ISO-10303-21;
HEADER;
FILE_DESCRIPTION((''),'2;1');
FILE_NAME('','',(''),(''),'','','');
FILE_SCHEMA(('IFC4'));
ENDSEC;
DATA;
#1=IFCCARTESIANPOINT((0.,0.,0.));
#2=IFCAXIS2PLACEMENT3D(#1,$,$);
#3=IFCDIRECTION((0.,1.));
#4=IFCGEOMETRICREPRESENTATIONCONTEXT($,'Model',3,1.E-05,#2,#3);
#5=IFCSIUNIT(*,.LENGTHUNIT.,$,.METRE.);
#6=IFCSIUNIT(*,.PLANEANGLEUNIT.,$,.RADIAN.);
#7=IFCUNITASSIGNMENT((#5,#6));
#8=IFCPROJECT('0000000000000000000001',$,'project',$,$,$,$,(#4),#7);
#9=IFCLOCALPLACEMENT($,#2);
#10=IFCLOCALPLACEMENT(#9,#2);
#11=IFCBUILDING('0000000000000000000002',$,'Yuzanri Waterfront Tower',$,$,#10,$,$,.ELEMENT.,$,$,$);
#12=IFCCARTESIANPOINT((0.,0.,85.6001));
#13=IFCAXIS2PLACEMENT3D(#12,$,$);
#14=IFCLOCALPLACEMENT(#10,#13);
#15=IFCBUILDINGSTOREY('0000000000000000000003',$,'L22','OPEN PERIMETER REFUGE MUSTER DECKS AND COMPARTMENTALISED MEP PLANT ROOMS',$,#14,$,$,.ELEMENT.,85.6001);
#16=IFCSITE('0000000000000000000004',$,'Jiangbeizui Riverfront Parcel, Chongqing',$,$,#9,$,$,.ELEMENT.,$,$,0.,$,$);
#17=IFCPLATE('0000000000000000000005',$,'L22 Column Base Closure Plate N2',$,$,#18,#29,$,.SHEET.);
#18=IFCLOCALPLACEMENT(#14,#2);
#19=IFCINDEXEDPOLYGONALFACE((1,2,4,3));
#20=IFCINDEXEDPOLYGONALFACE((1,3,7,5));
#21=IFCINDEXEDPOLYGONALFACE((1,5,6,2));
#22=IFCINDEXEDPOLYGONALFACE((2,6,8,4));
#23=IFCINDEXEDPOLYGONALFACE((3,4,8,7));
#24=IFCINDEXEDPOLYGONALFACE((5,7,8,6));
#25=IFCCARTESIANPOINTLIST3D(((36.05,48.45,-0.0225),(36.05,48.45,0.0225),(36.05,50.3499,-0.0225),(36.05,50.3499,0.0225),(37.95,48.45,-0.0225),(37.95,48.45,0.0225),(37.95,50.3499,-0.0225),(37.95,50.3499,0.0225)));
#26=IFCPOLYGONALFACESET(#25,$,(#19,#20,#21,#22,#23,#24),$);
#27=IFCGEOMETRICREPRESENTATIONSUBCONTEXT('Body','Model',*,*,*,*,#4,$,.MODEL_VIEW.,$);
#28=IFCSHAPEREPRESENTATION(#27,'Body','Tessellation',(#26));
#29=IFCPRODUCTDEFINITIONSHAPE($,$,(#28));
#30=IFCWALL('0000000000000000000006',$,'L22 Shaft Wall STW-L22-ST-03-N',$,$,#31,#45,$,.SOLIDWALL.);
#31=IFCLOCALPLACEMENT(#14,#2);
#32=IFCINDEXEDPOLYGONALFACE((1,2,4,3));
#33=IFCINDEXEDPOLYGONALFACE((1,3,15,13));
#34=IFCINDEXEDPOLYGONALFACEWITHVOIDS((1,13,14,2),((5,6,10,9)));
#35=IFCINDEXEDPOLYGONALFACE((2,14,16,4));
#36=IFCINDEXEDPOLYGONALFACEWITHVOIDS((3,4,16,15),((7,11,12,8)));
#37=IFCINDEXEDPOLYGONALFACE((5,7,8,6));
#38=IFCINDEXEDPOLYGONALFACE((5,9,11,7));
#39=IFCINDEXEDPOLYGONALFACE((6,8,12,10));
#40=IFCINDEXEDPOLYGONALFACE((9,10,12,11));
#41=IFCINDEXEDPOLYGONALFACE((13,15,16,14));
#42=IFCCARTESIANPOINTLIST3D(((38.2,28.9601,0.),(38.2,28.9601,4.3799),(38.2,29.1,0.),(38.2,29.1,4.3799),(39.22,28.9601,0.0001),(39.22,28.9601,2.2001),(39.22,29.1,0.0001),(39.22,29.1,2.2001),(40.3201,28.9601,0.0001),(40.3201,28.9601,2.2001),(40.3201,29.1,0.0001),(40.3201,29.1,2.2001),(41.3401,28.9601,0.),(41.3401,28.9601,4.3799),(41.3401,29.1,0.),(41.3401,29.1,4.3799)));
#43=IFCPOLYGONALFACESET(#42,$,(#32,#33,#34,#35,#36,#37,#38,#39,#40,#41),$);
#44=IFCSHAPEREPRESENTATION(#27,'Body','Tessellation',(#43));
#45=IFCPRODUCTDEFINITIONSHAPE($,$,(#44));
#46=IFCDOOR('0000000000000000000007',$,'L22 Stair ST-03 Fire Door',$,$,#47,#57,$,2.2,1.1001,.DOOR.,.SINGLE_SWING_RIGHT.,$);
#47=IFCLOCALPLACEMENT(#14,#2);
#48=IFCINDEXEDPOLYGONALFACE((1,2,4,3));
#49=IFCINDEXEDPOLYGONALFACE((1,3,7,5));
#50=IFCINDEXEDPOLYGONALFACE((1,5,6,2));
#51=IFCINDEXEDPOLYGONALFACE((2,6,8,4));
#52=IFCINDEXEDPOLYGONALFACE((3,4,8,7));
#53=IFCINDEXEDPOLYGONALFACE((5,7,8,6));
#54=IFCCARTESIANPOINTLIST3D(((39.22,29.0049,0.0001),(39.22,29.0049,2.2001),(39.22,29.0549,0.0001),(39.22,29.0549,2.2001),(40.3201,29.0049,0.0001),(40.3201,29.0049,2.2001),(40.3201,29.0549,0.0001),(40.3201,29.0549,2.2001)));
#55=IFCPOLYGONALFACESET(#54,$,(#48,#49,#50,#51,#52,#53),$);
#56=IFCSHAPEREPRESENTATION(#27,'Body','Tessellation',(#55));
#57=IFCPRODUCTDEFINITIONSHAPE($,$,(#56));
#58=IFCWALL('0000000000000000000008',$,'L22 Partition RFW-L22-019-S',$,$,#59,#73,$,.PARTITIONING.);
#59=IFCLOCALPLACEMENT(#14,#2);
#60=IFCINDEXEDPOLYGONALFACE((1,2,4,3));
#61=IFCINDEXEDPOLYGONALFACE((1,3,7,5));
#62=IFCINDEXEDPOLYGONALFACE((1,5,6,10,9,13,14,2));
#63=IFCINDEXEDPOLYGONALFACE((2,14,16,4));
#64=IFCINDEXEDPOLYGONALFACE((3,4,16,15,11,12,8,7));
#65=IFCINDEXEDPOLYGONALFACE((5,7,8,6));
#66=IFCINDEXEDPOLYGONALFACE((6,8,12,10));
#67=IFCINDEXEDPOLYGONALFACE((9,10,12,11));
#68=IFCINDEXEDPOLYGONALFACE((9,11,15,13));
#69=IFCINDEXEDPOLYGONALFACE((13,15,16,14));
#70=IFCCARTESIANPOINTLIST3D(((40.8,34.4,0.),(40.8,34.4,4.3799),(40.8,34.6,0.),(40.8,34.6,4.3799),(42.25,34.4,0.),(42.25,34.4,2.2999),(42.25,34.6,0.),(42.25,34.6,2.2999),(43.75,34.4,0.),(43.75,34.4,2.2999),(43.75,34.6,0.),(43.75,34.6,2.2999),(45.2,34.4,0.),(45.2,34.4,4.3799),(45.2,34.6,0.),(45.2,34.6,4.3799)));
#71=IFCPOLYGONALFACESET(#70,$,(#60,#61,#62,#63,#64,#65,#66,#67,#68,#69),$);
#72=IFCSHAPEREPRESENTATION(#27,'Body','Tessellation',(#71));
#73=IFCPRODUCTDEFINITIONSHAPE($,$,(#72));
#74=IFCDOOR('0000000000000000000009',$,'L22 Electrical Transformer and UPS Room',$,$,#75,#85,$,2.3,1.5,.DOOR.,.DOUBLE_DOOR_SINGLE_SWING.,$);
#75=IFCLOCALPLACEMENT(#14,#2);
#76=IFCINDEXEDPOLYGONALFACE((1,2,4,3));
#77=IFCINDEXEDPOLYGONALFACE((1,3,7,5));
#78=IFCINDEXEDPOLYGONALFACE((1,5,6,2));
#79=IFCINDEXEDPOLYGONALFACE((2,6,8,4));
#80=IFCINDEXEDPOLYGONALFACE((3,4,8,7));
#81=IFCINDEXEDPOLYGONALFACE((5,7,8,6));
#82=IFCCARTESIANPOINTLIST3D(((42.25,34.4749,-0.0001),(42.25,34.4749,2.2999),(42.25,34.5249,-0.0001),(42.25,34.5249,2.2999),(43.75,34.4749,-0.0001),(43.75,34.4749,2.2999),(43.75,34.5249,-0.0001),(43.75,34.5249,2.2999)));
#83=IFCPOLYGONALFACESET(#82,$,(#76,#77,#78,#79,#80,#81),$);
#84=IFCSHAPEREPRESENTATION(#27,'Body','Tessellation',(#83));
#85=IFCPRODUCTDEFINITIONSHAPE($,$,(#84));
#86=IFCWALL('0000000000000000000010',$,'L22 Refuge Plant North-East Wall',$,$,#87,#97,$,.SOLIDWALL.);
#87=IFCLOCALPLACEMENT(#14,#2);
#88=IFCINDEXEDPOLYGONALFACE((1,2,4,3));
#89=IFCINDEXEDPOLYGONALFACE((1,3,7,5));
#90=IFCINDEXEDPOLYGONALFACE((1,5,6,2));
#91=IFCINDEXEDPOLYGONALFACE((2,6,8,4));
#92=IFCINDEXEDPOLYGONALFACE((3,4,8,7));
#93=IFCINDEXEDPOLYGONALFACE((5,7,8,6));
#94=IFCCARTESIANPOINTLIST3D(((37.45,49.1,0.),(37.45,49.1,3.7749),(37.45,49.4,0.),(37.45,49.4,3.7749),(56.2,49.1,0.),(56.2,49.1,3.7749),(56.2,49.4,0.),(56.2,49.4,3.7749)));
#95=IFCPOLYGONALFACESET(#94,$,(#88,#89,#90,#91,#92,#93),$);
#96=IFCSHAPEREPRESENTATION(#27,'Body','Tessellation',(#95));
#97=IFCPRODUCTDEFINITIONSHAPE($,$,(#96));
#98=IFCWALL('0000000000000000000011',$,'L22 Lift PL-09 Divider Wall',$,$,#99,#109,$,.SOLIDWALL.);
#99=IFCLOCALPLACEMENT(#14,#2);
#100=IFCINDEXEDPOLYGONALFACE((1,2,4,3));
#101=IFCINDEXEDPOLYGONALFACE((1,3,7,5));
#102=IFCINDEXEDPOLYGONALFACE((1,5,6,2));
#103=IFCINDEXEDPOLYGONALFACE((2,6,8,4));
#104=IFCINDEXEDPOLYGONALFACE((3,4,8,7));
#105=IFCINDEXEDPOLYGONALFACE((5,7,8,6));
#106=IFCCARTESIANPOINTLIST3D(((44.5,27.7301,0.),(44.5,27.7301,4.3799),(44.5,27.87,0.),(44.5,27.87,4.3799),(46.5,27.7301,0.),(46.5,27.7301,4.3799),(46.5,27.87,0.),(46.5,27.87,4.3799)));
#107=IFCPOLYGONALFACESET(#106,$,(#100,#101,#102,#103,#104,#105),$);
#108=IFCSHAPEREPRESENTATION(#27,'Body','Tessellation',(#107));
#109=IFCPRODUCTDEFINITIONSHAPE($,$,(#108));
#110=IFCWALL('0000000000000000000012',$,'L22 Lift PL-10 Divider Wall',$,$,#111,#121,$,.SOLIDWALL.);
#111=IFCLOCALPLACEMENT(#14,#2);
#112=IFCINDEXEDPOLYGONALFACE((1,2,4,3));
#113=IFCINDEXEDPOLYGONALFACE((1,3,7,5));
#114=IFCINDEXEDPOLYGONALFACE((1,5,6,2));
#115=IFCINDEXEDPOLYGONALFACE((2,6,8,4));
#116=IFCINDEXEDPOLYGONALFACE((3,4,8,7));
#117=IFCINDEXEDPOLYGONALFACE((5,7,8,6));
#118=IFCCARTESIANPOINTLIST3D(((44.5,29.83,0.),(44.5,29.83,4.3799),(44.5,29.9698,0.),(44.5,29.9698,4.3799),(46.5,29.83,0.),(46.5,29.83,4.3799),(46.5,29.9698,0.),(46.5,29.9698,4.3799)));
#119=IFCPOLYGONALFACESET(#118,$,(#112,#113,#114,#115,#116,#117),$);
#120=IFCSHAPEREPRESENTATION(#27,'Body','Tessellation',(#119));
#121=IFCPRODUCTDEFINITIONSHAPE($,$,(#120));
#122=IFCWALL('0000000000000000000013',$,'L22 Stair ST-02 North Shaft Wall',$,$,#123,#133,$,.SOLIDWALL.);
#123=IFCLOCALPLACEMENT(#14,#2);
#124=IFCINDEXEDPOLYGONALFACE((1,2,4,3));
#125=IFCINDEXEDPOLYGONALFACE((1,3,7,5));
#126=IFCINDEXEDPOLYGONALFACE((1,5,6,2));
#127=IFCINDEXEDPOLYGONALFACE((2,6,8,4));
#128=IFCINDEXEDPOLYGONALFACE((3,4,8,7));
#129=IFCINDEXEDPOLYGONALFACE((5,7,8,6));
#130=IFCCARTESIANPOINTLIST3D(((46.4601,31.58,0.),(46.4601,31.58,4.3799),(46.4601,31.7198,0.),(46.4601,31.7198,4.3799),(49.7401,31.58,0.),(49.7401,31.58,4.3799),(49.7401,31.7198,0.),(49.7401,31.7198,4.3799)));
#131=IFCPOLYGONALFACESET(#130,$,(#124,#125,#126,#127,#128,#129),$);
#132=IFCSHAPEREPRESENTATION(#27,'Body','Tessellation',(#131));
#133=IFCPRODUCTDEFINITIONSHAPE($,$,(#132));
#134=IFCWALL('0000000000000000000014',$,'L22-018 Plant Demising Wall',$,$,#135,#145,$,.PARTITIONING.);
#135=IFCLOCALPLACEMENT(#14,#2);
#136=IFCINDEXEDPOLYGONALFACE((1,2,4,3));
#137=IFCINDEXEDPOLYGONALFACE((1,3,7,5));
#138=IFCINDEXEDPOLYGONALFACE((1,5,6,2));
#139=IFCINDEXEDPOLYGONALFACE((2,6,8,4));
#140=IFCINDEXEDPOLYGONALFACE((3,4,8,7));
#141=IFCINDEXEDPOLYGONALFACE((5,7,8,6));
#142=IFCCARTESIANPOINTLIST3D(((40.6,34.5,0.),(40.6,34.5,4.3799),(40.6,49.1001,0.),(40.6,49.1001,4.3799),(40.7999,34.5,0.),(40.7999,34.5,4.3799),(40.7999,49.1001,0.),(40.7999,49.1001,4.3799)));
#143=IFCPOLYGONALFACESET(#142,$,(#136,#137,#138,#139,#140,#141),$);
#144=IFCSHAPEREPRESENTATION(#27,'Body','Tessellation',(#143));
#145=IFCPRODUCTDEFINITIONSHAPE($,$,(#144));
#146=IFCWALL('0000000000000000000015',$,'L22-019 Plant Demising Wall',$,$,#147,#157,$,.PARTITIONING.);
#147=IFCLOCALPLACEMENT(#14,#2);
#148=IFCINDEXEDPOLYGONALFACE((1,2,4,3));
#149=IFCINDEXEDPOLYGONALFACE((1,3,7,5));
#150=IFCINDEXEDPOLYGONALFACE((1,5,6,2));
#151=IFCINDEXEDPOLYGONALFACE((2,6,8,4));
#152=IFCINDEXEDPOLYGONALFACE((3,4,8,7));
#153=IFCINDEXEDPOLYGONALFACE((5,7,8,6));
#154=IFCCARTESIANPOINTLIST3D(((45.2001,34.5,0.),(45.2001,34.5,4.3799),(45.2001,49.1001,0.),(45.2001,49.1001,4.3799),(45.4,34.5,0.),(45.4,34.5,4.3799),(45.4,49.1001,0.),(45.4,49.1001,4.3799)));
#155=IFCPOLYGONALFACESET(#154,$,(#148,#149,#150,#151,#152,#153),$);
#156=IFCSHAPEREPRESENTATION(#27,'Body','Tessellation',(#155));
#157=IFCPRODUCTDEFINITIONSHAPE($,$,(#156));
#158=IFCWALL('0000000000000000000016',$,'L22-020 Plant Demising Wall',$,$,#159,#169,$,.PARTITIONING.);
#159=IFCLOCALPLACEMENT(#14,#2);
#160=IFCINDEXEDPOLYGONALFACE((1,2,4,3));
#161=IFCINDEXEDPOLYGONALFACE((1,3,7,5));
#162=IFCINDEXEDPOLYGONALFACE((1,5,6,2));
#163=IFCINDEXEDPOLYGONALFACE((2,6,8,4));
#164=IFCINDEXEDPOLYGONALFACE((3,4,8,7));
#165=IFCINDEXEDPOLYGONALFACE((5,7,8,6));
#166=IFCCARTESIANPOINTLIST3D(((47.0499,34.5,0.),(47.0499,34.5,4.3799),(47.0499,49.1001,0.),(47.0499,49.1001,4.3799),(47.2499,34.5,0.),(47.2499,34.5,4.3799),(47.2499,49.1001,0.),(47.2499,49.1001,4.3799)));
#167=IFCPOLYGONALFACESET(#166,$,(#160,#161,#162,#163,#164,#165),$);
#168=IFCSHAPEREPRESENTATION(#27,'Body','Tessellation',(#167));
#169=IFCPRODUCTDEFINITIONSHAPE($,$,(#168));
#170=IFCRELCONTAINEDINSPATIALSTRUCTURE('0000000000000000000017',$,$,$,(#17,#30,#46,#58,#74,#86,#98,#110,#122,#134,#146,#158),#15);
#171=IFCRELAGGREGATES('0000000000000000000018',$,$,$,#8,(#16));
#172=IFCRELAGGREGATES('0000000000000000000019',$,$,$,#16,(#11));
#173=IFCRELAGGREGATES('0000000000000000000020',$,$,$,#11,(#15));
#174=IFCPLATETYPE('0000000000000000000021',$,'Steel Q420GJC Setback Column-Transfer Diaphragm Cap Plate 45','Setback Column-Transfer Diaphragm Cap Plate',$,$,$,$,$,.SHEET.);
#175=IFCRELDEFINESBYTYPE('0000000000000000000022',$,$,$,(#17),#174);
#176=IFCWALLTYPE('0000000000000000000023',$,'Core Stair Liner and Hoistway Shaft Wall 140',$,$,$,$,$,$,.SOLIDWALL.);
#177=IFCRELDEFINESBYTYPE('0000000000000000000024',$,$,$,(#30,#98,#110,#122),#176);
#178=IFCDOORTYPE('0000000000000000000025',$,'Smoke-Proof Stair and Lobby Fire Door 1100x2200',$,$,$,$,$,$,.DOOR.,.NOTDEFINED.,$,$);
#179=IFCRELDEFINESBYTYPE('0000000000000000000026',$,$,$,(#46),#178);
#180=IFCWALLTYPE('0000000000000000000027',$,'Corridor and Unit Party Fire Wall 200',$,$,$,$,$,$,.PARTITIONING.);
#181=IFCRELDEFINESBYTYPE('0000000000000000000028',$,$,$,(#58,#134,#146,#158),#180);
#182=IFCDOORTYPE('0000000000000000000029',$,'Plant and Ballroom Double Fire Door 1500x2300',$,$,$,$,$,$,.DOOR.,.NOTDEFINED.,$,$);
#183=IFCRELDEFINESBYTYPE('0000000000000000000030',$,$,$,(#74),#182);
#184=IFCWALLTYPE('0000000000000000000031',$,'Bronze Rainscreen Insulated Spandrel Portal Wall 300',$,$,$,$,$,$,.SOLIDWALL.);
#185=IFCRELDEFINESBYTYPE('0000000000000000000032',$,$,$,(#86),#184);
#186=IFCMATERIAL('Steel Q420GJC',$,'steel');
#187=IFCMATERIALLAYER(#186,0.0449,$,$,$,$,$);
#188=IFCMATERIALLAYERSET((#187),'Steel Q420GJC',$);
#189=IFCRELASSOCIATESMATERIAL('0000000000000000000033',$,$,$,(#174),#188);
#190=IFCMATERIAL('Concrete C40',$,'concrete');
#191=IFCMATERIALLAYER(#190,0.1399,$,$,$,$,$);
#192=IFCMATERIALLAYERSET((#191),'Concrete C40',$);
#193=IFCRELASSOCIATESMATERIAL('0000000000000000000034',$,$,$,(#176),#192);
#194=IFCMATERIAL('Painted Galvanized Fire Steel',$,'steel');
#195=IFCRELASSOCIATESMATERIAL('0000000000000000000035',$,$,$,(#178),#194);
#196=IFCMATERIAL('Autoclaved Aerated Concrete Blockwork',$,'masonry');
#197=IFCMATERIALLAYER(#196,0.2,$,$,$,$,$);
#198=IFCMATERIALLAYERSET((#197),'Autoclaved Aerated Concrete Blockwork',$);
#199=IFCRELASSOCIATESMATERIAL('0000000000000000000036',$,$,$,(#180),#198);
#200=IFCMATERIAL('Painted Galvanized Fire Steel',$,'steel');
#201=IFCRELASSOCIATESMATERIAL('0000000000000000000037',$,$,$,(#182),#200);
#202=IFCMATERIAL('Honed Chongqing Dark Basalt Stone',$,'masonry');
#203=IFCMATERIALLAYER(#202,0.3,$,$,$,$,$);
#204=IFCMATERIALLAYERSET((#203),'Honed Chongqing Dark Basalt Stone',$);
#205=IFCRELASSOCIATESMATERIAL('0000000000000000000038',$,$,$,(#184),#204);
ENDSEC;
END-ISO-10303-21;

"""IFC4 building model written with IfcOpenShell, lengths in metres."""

from ifc_helpers import new_model, si_unit, direction, frame, frame_2d, origin, origin_2d, place, context, subcontext, project, spatial, rectangle, extrude, source, transform, mapped, material, layer, layer_set, type_object, element, fill, save


model = new_model("IFC4")

# Units and contexts
model_context = context("Model", 3, precision=1e-05, world=origin(), true_north=direction((0.0, 1.0)))
body_context = subcontext(model_context, "Body", "Model", "MODEL_VIEW")
ifc_project = project(units=[si_unit("LENGTHUNIT", "METRE"), si_unit("PLANEANGLEUNIT", "RADIAN")], contexts=[model_context])

# Site, building, storey
site_placement = place(None, origin())
site = spatial("IfcSite", under=ifc_project, at=site_placement, Name="Jiangbeizui Riverfront Parcel, Chongqing", CompositionType="ELEMENT", RefElevation=0.0)
building_placement = place(site_placement, origin())
building = spatial("IfcBuilding", under=site, at=building_placement, Name="Yuzanri Waterfront Tower", CompositionType="ELEMENT")
storey_placement = place(building_placement, frame((0.0, 0.0, 85.6001)))
storey = spatial("IfcBuildingStorey", under=building, at=storey_placement, Name="L22", Description="OPEN PERIMETER REFUGE MUSTER DECKS AND COMPARTMENTALISED MEP PLANT ROOMS", CompositionType="ELEMENT", Elevation=85.6001)

# Plate
ifc_material_1 = material(Name="Steel Q420GJC", Category="steel")
ifc_layer_1 = layer(ifc_material_1, 0.0449)
ifc_layer_set_1 = layer_set([ifc_layer_1], Name="Steel Q420GJC")
plate_type = type_object("IfcPlateType", Name="Steel Q420GJC Setback Column-Transfer Diaphragm Cap Plate 45", Description="Setback Column-Transfer Diaphragm Cap Plate", PredefinedType="SHEET", material=ifc_layer_set_1)
shared_shape_1 = source(origin(), body_context, "Body", "SweptSolid", [
    extrude(rectangle(XDim=1.8999, YDim=1.8999, at=origin_2d()), origin(), (0.0, 0.0, 1.0), 0.0449),
])
plate_placement = place(storey_placement, frame((37.0, 49.3999, -0.0225), z_axis=(0.0, 0.0, 1.0), x_axis=(1.0, 0.0, 0.0)))
element("IfcPlate", 1, at=plate_placement, inside=storey, type_object=plate_type, Name="L22 Column Base Closure Plate N2", PredefinedType="SHEET", context=body_context, shape_type="MappedRepresentation", body=[
    mapped(shared_shape_1, transform((0.0, 0.0, 0.0), scale=1.0)),
])

# Walls, openings, doors
ifc_material_2 = material(Name="Concrete C40", Category="concrete")
ifc_layer_2 = layer(ifc_material_2, 0.1399)
ifc_layer_set_2 = layer_set([ifc_layer_2], Name="Concrete C40")
wall_type_1 = type_object("IfcWallType", Name="Core Stair Liner and Hoistway Shaft Wall 140", PredefinedType="SOLIDWALL", material=ifc_layer_set_2)
wall_1_placement = place(storey_placement, frame((38.2, 29.03, 0.0), z_axis=(0.0, 0.0, 1.0), x_axis=(1.0, 0.0, 0.0)))
wall_1 = element("IfcWall", 2, at=wall_1_placement, inside=storey, type_object=wall_type_1, Name="L22 Shaft Wall STW-L22-ST-03-N", PredefinedType="SOLIDWALL", context=body_context, shape_type="SweptSolid", body=[
    extrude(rectangle(XDim=3.1401, YDim=0.1399, at=frame_2d((1.5701, 0.0))), origin(), (0.0, 0.0, 1.0), 4.3799),
])
opening_1_placement = place(wall_1_placement, frame((1.02, 0.0, 0.0)))
opening_1 = element("IfcOpeningElement", 3, at=opening_1_placement, cuts=wall_1, PredefinedType="OPENING", context=body_context, shape_type="SweptSolid", body=[
    extrude(rectangle(XDim=1.1001, YDim=2.2, at=frame_2d((0.55, 1.1001))), frame((0.0, 0.085, 0.0), z_axis=(0.0, -1.0, 0.0), x_axis=(1.0, 0.0, 0.0)), (0.0, 0.0, 1.0), 0.1697),
])
ifc_material_3 = material(Name="Painted Galvanized Fire Steel", Category="steel")
door_type_1 = type_object("IfcDoorType", Name="Smoke-Proof Stair and Lobby Fire Door 1100x2200", OperationType="NOTDEFINED", PredefinedType="DOOR", material=ifc_material_3)
shared_shape_2 = source(origin(), body_context, "Body", "SweptSolid", [
    extrude(rectangle(XDim=1.1001, YDim=2.2, at=frame_2d((0.55, 1.1001))), frame((0.0, 0.0249, 0.0), z_axis=(0.0, -1.0, 0.0), x_axis=(1.0, 0.0, 0.0)), (0.0, 0.0, 1.0), 0.05),
])
door_1_placement = place(opening_1_placement, origin())
door_1 = element("IfcDoor", 4, at=door_1_placement, inside=storey, type_object=door_type_1, Name="L22 Stair ST-03 Fire Door", OperationType="SINGLE_SWING_RIGHT", OverallHeight=2.2, OverallWidth=1.1001, PredefinedType="DOOR", context=body_context, shape_type="MappedRepresentation", body=[
    mapped(shared_shape_2, transform((0.0, 0.0, 0.0), scale=1.0)),
])
fill(opening_1, door_1)
ifc_material_4 = material(Name="Autoclaved Aerated Concrete Blockwork", Category="masonry")
ifc_layer_3 = layer(ifc_material_4, 0.2)
ifc_layer_set_3 = layer_set([ifc_layer_3], Name="Autoclaved Aerated Concrete Blockwork")
wall_type_2 = type_object("IfcWallType", Name="Corridor and Unit Party Fire Wall 200", PredefinedType="PARTITIONING", material=ifc_layer_set_3)
wall_2_placement = place(storey_placement, frame((40.8, 34.5, 0.0), z_axis=(0.0, 0.0, 1.0), x_axis=(1.0, 0.0, 0.0)))
wall_2 = element("IfcWall", 5, at=wall_2_placement, inside=storey, type_object=wall_type_2, Name="L22 Partition RFW-L22-019-S", PredefinedType="PARTITIONING", context=body_context, shape_type="SweptSolid", body=[
    extrude(rectangle(XDim=4.3999, YDim=0.2, at=frame_2d((2.2, 0.0))), origin(), (0.0, 0.0, 1.0), 4.3799),
])
opening_2_placement = place(wall_2_placement, frame((1.45, 0.0, 0.0)))
opening_2 = element("IfcOpeningElement", 6, at=opening_2_placement, cuts=wall_2, PredefinedType="OPENING", context=body_context, shape_type="SweptSolid", body=[
    extrude(rectangle(XDim=1.5, YDim=2.3, at=frame_2d((0.75, 1.1499))), frame((0.0, 0.1147, 0.0), z_axis=(0.0, -1.0, 0.0), x_axis=(1.0, 0.0, 0.0)), (0.0, 0.0, 1.0), 0.2297),
])
ifc_material_5 = material(Name="Painted Galvanized Fire Steel", Category="steel")
door_type_2 = type_object("IfcDoorType", Name="Plant and Ballroom Double Fire Door 1500x2300", OperationType="NOTDEFINED", PredefinedType="DOOR", material=ifc_material_5)
shared_shape_3 = source(origin(), body_context, "Body", "SweptSolid", [
    extrude(rectangle(XDim=1.5, YDim=2.3, at=frame_2d((0.75, 1.1499))), frame((0.0, 0.0249, 0.0), z_axis=(0.0, -1.0, 0.0), x_axis=(1.0, 0.0, 0.0)), (0.0, 0.0, 1.0), 0.05),
])
door_2_placement = place(opening_2_placement, origin())
door_2 = element("IfcDoor", 7, at=door_2_placement, inside=storey, type_object=door_type_2, Name="L22 Electrical Transformer and UPS Room", OperationType="DOUBLE_DOOR_SINGLE_SWING", OverallHeight=2.3, OverallWidth=1.5, PredefinedType="DOOR", context=body_context, shape_type="MappedRepresentation", body=[
    mapped(shared_shape_3, transform((0.0, 0.0, 0.0), scale=1.0)),
])
fill(opening_2, door_2)

# Walls
ifc_material_6 = material(Name="Honed Chongqing Dark Basalt Stone", Category="masonry")
ifc_layer_4 = layer(ifc_material_6, 0.3)
ifc_layer_set_4 = layer_set([ifc_layer_4], Name="Honed Chongqing Dark Basalt Stone")
wall_type_3 = type_object("IfcWallType", Name="Bronze Rainscreen Insulated Spandrel Portal Wall 300", PredefinedType="SOLIDWALL", material=ifc_layer_set_4)
shared_shape_4 = source(origin(), body_context, "Body", "SweptSolid", [
    extrude(rectangle(XDim=18.75, YDim=0.3, at=frame_2d((9.375, 0.0))), origin(), (0.0, 0.0, 1.0), 3.7749),
])
wall_3_placement = place(storey_placement, frame((37.45, 49.25, 0.0), z_axis=(0.0, 0.0, 1.0), x_axis=(1.0, 0.0, 0.0)))
element("IfcWall", 8, at=wall_3_placement, inside=storey, type_object=wall_type_3, Name="L22 Refuge Plant North-East Wall", PredefinedType="SOLIDWALL", context=body_context, shape_type="MappedRepresentation", body=[
    mapped(shared_shape_4, transform((0.0, 0.0, 0.0), scale=1.0)),
])
shared_shape_5 = source(origin(), body_context, "Body", "SweptSolid", [
    extrude(rectangle(XDim=2.0, YDim=0.1399, at=frame_2d((1.0, 0.0))), origin(), (0.0, 0.0, 1.0), 4.3799),
])
for number, where, z_axis, x_axis, name in (
    (9, (44.5, 27.8, 0.0), (0.0, 0.0, 1.0), (1.0, 0.0, 0.0), "L22 Lift PL-09 Divider Wall"),
    (10, (44.5, 29.8999, 0.0), (0.0, 0.0, 1.0), (1.0, 0.0, 0.0), "L22 Lift PL-10 Divider Wall"),
):
    element("IfcWall", number, at=place(storey_placement, frame(where, z_axis=z_axis, x_axis=x_axis)), inside=storey, type_object=wall_type_1, Name=name, PredefinedType="SOLIDWALL", context=body_context, shape_type="MappedRepresentation", body=[
        mapped(shared_shape_5, transform((0.0, 0.0, 0.0), scale=1.0)),
    ])
shared_shape_6 = source(origin(), body_context, "Body", "SweptSolid", [
    extrude(rectangle(XDim=3.28, YDim=0.1399, at=frame_2d((1.6401, 0.0))), origin(), (0.0, 0.0, 1.0), 4.3799),
])
wall_4_placement = place(storey_placement, frame((46.46, 31.6499, 0.0), z_axis=(0.0, 0.0, 1.0), x_axis=(1.0, 0.0, 0.0)))
element("IfcWall", 11, at=wall_4_placement, inside=storey, type_object=wall_type_1, Name="L22 Stair ST-02 North Shaft Wall", PredefinedType="SOLIDWALL", context=body_context, shape_type="MappedRepresentation", body=[
    mapped(shared_shape_6, transform((0.0, 0.0, 0.0), scale=1.0)),
])
shared_shape_7 = source(origin(), body_context, "Body", "SweptSolid", [
    extrude(rectangle(XDim=14.6001, YDim=0.2, at=frame_2d((7.3, 0.0))), origin(), (0.0, 0.0, 1.0), 4.3799),
])
for number, where, z_axis, x_axis, name in (
    (12, (40.7, 34.5, 0.0), (0.0, 0.0, 1.0), (0.0, 1.0, 0.0), "L22-018 Plant Demising Wall"),
    (13, (45.3, 34.5, 0.0), (0.0, 0.0, 1.0), (0.0, 1.0, 0.0), "L22-019 Plant Demising Wall"),
    (14, (47.1499, 34.5, 0.0), (0.0, 0.0, 1.0), (0.0, 1.0, 0.0), "L22-020 Plant Demising Wall"),
):
    element("IfcWall", number, at=place(storey_placement, frame(where, z_axis=z_axis, x_axis=x_axis)), inside=storey, type_object=wall_type_2, Name=name, PredefinedType="PARTITIONING", context=body_context, shape_type="MappedRepresentation", body=[
        mapped(shared_shape_7, transform((0.0, 0.0, 0.0), scale=1.0)),
    ])

save(model, "model.ifc")
